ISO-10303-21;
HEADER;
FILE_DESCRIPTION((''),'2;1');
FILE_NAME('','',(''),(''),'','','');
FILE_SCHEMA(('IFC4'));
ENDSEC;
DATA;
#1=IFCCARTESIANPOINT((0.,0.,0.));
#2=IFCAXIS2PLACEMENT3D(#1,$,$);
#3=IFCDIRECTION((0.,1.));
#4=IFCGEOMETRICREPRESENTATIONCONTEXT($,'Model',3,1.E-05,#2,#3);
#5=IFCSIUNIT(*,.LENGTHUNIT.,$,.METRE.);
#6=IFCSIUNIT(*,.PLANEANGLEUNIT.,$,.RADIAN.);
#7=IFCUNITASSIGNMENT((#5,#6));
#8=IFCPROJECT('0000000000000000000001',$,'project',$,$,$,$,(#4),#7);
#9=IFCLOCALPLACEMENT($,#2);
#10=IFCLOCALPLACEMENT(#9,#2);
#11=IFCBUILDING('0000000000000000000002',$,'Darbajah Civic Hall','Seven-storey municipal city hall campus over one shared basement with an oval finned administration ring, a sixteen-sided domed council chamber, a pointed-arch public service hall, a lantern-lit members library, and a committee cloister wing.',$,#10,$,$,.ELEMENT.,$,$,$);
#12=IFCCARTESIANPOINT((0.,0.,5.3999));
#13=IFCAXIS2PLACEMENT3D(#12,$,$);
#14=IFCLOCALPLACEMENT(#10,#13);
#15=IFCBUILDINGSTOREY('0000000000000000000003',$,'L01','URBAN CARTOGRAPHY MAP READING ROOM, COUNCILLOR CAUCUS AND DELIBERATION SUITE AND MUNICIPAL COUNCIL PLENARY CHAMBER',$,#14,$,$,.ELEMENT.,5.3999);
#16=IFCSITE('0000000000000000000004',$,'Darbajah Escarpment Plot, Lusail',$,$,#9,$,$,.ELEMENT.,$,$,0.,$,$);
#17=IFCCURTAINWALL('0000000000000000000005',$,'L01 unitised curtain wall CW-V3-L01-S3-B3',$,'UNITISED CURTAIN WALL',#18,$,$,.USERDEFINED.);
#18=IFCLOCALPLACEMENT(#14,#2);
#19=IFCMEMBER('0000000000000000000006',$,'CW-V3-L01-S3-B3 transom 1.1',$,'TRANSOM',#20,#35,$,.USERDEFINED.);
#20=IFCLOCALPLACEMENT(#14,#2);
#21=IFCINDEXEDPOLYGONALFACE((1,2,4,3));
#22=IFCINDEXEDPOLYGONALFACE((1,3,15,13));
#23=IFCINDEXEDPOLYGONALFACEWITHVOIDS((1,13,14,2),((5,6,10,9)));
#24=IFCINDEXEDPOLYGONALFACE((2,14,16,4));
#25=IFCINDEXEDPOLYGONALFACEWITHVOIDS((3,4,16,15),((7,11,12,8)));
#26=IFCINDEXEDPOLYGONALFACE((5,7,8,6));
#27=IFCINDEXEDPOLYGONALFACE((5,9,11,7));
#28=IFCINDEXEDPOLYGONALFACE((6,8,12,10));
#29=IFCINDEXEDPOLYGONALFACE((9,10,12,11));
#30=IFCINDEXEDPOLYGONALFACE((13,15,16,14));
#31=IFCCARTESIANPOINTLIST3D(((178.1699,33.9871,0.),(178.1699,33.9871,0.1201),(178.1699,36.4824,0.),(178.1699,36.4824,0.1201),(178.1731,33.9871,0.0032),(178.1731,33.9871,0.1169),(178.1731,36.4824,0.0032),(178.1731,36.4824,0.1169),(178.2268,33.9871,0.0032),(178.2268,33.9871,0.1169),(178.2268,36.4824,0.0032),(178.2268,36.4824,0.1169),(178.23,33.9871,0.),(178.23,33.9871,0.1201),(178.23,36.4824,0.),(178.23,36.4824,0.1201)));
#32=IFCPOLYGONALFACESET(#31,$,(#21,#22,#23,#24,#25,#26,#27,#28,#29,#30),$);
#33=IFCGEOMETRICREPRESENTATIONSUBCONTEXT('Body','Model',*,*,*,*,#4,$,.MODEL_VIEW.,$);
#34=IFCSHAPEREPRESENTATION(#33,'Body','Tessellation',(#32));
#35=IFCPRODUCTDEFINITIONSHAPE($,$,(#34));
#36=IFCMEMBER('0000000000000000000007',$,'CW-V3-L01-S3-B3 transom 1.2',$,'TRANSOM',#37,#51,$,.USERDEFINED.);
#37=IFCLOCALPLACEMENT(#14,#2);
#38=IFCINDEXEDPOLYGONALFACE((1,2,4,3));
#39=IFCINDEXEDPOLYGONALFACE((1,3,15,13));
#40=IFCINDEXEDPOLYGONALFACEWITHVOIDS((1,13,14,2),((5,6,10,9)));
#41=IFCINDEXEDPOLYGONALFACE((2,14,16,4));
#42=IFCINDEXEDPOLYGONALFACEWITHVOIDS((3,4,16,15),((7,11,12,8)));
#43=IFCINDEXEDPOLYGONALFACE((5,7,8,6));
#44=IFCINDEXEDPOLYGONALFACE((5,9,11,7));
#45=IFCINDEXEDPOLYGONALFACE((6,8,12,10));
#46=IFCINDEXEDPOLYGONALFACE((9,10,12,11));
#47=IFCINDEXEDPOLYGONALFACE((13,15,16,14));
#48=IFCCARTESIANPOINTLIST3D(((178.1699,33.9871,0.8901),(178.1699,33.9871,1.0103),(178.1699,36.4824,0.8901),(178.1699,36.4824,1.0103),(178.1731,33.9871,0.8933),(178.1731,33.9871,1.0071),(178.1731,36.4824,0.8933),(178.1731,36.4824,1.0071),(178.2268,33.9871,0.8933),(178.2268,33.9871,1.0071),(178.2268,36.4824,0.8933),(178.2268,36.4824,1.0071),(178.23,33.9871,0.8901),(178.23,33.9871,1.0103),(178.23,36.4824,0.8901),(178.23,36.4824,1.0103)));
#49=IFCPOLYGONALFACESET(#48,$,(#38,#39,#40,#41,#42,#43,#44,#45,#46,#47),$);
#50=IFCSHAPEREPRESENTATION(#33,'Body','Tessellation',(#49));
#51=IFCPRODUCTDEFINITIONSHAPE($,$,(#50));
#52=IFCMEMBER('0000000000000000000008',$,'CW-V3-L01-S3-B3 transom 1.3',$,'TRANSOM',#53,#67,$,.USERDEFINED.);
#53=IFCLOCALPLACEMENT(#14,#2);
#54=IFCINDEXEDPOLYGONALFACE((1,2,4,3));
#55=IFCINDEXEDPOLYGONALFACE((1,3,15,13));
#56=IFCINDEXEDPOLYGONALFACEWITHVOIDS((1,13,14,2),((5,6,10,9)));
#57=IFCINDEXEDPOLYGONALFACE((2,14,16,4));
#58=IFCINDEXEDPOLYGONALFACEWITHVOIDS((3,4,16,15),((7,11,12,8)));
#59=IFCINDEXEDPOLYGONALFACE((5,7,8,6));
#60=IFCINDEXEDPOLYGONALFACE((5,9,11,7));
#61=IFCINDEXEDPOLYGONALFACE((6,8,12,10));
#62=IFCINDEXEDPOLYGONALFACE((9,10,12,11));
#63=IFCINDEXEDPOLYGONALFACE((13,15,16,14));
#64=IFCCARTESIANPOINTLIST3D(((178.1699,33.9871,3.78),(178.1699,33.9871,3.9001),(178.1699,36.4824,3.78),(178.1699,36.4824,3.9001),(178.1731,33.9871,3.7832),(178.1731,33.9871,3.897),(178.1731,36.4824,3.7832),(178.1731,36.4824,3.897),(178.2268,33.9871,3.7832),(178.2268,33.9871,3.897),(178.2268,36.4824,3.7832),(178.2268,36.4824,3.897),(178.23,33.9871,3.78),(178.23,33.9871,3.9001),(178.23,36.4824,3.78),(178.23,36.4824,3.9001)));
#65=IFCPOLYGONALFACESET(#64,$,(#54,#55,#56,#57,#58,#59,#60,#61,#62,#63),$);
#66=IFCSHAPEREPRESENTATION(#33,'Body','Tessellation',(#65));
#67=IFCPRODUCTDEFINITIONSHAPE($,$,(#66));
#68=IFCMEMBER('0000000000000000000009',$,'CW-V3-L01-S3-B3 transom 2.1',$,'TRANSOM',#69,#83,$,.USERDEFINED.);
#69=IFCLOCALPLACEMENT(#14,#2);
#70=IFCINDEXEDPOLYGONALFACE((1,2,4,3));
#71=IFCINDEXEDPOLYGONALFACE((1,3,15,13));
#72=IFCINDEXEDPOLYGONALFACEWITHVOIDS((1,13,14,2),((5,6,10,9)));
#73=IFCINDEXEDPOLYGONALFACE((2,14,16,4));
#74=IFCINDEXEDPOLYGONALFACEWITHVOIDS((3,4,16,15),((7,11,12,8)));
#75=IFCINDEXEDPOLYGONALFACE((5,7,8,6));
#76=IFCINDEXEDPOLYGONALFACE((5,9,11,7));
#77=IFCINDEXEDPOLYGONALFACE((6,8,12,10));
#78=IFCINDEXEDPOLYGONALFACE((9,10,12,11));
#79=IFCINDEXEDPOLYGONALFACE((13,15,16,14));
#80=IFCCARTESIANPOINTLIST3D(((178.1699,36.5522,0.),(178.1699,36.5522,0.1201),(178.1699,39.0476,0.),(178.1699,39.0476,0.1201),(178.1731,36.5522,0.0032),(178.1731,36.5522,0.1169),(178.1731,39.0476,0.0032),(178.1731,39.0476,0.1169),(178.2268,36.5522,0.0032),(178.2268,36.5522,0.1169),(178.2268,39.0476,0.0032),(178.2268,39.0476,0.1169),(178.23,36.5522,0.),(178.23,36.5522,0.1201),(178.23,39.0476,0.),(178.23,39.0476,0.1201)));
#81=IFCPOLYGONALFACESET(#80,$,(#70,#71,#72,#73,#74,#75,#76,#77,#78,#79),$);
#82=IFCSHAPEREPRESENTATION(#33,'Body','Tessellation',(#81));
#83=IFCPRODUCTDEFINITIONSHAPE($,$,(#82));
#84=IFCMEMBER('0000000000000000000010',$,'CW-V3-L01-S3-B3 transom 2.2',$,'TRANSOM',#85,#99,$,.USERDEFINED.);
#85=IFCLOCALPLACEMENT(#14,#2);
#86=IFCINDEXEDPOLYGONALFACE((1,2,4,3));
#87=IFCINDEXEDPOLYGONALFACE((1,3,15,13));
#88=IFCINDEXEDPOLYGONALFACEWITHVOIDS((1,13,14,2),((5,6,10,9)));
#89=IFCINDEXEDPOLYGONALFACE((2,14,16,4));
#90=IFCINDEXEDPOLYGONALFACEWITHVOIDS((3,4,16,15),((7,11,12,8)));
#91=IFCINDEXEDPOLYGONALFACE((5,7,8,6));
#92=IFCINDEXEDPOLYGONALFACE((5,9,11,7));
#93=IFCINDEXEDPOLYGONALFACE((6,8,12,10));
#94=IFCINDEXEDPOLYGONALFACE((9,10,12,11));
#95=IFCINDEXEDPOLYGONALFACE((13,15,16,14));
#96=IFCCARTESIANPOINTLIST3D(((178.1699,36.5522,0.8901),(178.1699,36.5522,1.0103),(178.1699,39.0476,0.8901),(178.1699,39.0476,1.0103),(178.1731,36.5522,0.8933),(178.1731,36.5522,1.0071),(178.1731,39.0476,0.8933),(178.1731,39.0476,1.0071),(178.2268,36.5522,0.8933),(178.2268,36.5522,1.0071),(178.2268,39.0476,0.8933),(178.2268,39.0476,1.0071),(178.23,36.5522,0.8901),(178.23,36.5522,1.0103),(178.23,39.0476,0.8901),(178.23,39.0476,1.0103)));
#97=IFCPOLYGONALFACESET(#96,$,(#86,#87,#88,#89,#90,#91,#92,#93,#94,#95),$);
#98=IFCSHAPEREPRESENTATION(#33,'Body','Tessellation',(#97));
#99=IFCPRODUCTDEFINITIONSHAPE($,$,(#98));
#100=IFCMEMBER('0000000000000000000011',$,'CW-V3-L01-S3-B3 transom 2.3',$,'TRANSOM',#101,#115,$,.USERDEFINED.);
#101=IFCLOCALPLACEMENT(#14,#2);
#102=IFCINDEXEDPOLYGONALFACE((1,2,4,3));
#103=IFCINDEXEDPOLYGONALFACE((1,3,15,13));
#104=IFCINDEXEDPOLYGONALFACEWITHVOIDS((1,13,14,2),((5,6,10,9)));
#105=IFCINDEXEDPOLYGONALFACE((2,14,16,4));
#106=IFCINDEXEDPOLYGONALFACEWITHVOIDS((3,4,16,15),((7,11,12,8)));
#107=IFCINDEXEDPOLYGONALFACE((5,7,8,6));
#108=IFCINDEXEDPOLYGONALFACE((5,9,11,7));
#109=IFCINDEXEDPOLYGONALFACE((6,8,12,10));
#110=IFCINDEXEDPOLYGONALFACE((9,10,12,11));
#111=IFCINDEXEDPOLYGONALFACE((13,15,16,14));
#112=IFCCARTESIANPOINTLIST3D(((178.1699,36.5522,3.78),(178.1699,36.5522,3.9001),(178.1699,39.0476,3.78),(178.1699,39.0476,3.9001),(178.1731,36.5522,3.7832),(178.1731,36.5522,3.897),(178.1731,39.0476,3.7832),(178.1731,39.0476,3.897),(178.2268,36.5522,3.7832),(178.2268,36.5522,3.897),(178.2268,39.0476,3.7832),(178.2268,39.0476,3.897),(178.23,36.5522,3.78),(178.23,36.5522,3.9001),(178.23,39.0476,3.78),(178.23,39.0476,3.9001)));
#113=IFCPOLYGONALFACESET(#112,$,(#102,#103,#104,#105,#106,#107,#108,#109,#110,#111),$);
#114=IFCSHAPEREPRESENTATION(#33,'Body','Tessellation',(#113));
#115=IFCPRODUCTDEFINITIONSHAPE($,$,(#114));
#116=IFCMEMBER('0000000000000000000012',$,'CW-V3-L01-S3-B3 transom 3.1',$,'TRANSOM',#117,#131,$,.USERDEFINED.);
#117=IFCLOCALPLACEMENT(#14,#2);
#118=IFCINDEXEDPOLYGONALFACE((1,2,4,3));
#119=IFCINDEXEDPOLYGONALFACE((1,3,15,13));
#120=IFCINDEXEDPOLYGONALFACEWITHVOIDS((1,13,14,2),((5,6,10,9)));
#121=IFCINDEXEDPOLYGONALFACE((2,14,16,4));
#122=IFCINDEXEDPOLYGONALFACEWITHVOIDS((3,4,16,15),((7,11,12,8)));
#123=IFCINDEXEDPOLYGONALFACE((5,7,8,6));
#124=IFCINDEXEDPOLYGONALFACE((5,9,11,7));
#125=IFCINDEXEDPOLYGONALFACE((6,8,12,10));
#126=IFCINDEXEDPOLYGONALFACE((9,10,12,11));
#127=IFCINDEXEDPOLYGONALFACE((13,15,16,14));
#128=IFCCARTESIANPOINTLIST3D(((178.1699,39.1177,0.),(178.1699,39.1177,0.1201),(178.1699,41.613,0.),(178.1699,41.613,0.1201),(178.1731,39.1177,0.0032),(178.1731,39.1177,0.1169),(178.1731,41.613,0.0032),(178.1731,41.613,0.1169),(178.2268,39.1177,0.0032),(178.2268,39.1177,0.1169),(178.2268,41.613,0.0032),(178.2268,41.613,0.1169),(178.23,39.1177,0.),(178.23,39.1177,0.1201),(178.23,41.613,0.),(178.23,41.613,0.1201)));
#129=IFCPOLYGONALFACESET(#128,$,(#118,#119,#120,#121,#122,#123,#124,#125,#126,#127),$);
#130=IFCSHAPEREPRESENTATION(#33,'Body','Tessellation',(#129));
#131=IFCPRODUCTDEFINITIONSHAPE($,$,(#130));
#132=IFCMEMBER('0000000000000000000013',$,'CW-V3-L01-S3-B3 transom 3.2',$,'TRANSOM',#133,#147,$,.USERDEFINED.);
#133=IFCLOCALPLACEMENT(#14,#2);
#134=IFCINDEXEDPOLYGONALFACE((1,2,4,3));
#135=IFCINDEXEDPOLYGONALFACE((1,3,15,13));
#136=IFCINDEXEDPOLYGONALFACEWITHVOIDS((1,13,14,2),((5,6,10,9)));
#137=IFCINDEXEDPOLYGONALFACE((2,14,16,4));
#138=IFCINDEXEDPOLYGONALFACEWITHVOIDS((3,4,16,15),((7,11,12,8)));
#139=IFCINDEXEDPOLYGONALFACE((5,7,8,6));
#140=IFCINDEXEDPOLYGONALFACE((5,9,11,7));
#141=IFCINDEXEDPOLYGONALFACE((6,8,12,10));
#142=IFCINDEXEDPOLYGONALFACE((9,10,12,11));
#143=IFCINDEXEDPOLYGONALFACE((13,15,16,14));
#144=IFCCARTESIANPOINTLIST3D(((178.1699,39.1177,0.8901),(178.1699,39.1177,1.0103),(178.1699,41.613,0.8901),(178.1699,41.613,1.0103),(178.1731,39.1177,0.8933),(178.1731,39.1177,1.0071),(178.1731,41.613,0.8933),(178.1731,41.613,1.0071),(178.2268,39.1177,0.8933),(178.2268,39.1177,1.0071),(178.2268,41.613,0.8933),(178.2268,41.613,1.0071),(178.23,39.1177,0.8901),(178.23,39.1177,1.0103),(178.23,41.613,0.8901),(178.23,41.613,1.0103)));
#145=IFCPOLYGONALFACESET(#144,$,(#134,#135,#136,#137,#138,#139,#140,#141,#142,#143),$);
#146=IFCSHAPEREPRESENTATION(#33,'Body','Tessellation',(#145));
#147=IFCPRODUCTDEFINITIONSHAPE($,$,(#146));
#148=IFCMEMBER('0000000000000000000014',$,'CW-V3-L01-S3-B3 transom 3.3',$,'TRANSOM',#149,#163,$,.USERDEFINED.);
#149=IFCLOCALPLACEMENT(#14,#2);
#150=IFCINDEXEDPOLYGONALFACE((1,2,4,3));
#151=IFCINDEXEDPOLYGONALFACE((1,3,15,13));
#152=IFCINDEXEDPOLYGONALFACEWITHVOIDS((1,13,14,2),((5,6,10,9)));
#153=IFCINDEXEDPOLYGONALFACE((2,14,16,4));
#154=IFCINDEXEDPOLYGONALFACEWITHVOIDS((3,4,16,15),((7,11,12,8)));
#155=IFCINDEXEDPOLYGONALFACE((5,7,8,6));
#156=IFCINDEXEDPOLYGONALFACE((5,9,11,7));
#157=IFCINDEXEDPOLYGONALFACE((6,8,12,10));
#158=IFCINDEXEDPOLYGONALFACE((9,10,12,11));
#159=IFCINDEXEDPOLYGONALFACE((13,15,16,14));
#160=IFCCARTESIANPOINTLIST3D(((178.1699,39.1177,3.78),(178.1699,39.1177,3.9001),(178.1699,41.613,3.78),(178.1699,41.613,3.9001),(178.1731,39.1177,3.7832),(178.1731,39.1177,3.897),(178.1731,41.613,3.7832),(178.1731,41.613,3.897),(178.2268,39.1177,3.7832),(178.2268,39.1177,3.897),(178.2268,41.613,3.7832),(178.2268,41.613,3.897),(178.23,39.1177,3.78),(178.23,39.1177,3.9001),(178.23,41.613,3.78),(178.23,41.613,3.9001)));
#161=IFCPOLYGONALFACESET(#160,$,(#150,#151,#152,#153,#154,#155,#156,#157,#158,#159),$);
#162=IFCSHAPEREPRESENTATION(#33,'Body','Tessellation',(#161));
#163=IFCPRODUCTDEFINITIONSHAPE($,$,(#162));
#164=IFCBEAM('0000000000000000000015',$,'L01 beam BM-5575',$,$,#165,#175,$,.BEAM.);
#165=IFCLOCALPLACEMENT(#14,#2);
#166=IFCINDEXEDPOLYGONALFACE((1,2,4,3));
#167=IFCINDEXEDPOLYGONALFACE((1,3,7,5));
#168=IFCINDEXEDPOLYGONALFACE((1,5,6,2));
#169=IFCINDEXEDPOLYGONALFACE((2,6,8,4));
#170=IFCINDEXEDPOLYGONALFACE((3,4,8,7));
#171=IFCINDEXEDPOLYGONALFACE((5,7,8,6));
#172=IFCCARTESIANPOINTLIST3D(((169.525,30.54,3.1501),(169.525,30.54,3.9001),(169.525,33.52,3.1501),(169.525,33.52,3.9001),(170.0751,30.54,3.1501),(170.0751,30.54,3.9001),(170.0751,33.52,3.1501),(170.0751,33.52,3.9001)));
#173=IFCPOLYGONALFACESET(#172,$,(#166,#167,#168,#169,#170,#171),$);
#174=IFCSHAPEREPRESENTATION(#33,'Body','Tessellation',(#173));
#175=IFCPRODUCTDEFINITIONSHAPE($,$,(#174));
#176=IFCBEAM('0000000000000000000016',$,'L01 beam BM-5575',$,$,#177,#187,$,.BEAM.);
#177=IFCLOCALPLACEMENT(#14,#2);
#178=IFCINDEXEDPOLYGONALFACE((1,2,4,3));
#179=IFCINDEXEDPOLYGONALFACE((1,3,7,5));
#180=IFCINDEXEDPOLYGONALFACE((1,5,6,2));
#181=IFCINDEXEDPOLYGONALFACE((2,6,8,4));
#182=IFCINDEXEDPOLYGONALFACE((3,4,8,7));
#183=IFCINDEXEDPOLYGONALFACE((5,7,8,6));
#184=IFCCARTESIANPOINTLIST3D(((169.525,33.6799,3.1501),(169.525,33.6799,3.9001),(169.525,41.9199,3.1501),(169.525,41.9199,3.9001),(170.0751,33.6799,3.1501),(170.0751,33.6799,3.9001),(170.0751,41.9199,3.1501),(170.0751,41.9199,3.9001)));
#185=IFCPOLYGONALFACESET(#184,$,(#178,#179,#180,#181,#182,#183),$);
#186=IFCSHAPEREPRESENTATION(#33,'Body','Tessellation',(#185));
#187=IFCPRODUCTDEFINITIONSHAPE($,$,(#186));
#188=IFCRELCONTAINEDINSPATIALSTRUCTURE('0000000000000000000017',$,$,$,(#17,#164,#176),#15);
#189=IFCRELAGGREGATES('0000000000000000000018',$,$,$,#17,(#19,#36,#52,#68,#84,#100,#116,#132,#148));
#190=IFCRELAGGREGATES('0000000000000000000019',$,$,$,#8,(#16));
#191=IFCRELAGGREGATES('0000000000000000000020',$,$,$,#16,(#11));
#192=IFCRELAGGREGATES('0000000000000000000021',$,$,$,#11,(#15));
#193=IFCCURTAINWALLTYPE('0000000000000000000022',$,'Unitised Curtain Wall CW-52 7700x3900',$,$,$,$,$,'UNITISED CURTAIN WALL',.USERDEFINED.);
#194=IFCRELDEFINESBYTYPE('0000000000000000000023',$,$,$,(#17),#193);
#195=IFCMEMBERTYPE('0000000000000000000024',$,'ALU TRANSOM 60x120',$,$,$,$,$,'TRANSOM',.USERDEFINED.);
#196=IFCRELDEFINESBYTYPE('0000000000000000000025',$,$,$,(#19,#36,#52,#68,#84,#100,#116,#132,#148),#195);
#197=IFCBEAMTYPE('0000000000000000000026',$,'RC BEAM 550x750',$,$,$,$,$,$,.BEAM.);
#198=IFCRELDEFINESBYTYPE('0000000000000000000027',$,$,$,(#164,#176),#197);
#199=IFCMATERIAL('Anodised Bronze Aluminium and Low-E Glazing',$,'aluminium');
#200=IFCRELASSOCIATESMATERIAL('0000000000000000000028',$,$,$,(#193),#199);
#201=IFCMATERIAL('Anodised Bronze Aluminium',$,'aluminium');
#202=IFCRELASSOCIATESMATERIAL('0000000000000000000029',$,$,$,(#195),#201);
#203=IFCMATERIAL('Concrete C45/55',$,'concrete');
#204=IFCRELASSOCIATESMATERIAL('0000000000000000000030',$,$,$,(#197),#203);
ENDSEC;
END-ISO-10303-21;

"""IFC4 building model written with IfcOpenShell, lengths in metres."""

from ifc_helpers import new_model, si_unit, direction, frame, origin, origin_2d, place, context, subcontext, project, spatial, rectangle, hollow_rectangle, extrude, material, material_profile, profile_set, type_object, element, aggregate, save


model = new_model("IFC4")

# Units and contexts
model_context = context("Model", 3, precision=1e-05, world=origin(), true_north=direction((0.0, 1.0)))
body_context = subcontext(model_context, "Body", "Model", "MODEL_VIEW")
ifc_project = project(units=[si_unit("LENGTHUNIT", "METRE"), si_unit("PLANEANGLEUNIT", "RADIAN")], contexts=[model_context])

# Site, building, storey
site_placement = place(None, origin())
site = spatial("IfcSite", under=ifc_project, at=site_placement, Name="Darbajah Escarpment Plot, Lusail", CompositionType="ELEMENT", RefElevation=0.0)
building_placement = place(site_placement, origin())
building = spatial("IfcBuilding", under=site, at=building_placement, Name="Darbajah Civic Hall", Description="Seven-storey municipal city hall campus over one shared basement with an oval finned administration ring, a sixteen-sided domed council chamber, a pointed-arch public service hall, a lantern-lit members library, and a committee cloister wing.", CompositionType="ELEMENT")
storey_placement = place(building_placement, frame((0.0, 0.0, 5.3999)))
storey = spatial("IfcBuildingStorey", under=building, at=storey_placement, Name="L01", Description="URBAN CARTOGRAPHY MAP READING ROOM, COUNCILLOR CAUCUS AND DELIBERATION SUITE AND MUNICIPAL COUNCIL PLENARY CHAMBER", CompositionType="ELEMENT", Elevation=5.3999)

# Shared definitions
ifc_material_1 = material(Name="Concrete C45/55", Category="concrete")

# Curtain wall
ifc_material_2 = material(Name="Anodised Bronze Aluminium and Low-E Glazing", Category="aluminium")
curtain_wall_type = type_object("IfcCurtainWallType", Name="Unitised Curtain Wall CW-52 7700x3900", ElementType="UNITISED CURTAIN WALL", PredefinedType="USERDEFINED", material=ifc_material_2)
ifc_material_3 = material(Name="Anodised Bronze Aluminium", Category="aluminium")
curtain_wall_1_placement = place(storey_placement, origin())
curtain_wall_1 = element("IfcCurtainWall", 1, at=curtain_wall_1_placement, inside=storey, type_object=curtain_wall_type, Name="L01 unitised curtain wall CW-V3-L01-S3-B3", ObjectType="UNITISED CURTAIN WALL", PredefinedType="USERDEFINED")

# Members
ifc_material_profile_1 = material_profile(ifc_material_3, hollow_rectangle(XDim=0.0601, YDim=0.1201, WallThickness=0.0032, at=origin_2d()), Name="ALU TRANSOM 60x120")
ifc_profile_set_1 = profile_set([ifc_material_profile_1], Name="Anodised Bronze Aluminium")
member_type_1 = type_object("IfcMemberType", Name="ALU TRANSOM 60x120", ElementType="TRANSOM", PredefinedType="USERDEFINED", material=ifc_profile_set_1)
member_1_placement = place(storey_placement, frame((178.2, 33.9871, 0.0601), z_axis=(0.0, 1.0, 0.0), x_axis=(-1.0, 0.0, 0.0)))
member_1 = element("IfcMember", 2, at=member_1_placement, type_object=member_type_1, Name="CW-V3-L01-S3-B3 transom 1.1", ObjectType="TRANSOM", PredefinedType="USERDEFINED", context=body_context, shape_type="SweptSolid", body=[
    extrude(hollow_rectangle(XDim=0.0601, YDim=0.1201, WallThickness=0.0032, at=origin_2d()), origin(), (0.0, 0.0, 1.0), 2.4954),
])
member_2_placement = place(storey_placement, frame((178.2, 33.9871, 0.9502), z_axis=(0.0, 1.0, 0.0), x_axis=(-1.0, 0.0, 0.0)))
member_2 = element("IfcMember", 3, at=member_2_placement, type_object=member_type_1, Name="CW-V3-L01-S3-B3 transom 1.2", ObjectType="TRANSOM", PredefinedType="USERDEFINED", context=body_context, shape_type="SweptSolid", body=[
    extrude(hollow_rectangle(XDim=0.0601, YDim=0.1201, WallThickness=0.0032, at=origin_2d()), origin(), (0.0, 0.0, 1.0), 2.4954),
])
member_3_placement = place(storey_placement, frame((178.2, 33.9871, 3.8401), z_axis=(0.0, 1.0, 0.0), x_axis=(-1.0, 0.0, 0.0)))
member_3 = element("IfcMember", 4, at=member_3_placement, type_object=member_type_1, Name="CW-V3-L01-S3-B3 transom 1.3", ObjectType="TRANSOM", PredefinedType="USERDEFINED", context=body_context, shape_type="SweptSolid", body=[
    extrude(hollow_rectangle(XDim=0.0601, YDim=0.1201, WallThickness=0.0032, at=origin_2d()), origin(), (0.0, 0.0, 1.0), 2.4954),
])
member_4_placement = place(storey_placement, frame((178.2, 36.5522, 0.0601), z_axis=(0.0, 1.0, 0.0), x_axis=(-1.0, 0.0, 0.0)))
member_4 = element("IfcMember", 5, at=member_4_placement, type_object=member_type_1, Name="CW-V3-L01-S3-B3 transom 2.1", ObjectType="TRANSOM", PredefinedType="USERDEFINED", context=body_context, shape_type="SweptSolid", body=[
    extrude(hollow_rectangle(XDim=0.0601, YDim=0.1201, WallThickness=0.0032, at=origin_2d()), origin(), (0.0, 0.0, 1.0), 2.4954),
])
member_5_placement = place(storey_placement, frame((178.2, 36.5522, 0.9502), z_axis=(0.0, 1.0, 0.0), x_axis=(-1.0, 0.0, 0.0)))
member_5 = element("IfcMember", 6, at=member_5_placement, type_object=member_type_1, Name="CW-V3-L01-S3-B3 transom 2.2", ObjectType="TRANSOM", PredefinedType="USERDEFINED", context=body_context, shape_type="SweptSolid", body=[
    extrude(hollow_rectangle(XDim=0.0601, YDim=0.1201, WallThickness=0.0032, at=origin_2d()), origin(), (0.0, 0.0, 1.0), 2.4954),
])
member_6_placement = place(storey_placement, frame((178.2, 36.5522, 3.8401), z_axis=(0.0, 1.0, 0.0), x_axis=(-1.0, 0.0, 0.0)))
member_6 = element("IfcMember", 7, at=member_6_placement, type_object=member_type_1, Name="CW-V3-L01-S3-B3 transom 2.3", ObjectType="TRANSOM", PredefinedType="USERDEFINED", context=body_context, shape_type="SweptSolid", body=[
    extrude(hollow_rectangle(XDim=0.0601, YDim=0.1201, WallThickness=0.0032, at=origin_2d()), origin(), (0.0, 0.0, 1.0), 2.4954),
])
member_7_placement = place(storey_placement, frame((178.2, 39.1177, 0.0601), z_axis=(0.0, 1.0, 0.0), x_axis=(-1.0, 0.0, 0.0)))
member_7 = element("IfcMember", 8, at=member_7_placement, type_object=member_type_1, Name="CW-V3-L01-S3-B3 transom 3.1", ObjectType="TRANSOM", PredefinedType="USERDEFINED", context=body_context, shape_type="SweptSolid", body=[
    extrude(hollow_rectangle(XDim=0.0601, YDim=0.1201, WallThickness=0.0032, at=origin_2d()), origin(), (0.0, 0.0, 1.0), 2.4954),
])
member_8_placement = place(storey_placement, frame((178.2, 39.1177, 0.9502), z_axis=(0.0, 1.0, 0.0), x_axis=(-1.0, 0.0, 0.0)))
member_8 = element("IfcMember", 9, at=member_8_placement, type_object=member_type_1, Name="CW-V3-L01-S3-B3 transom 3.2", ObjectType="TRANSOM", PredefinedType="USERDEFINED", context=body_context, shape_type="SweptSolid", body=[
    extrude(hollow_rectangle(XDim=0.0601, YDim=0.1201, WallThickness=0.0032, at=origin_2d()), origin(), (0.0, 0.0, 1.0), 2.4954),
])
member_9_placement = place(storey_placement, frame((178.2, 39.1177, 3.8401), z_axis=(0.0, 1.0, 0.0), x_axis=(-1.0, 0.0, 0.0)))
member_9 = element("IfcMember", 10, at=member_9_placement, type_object=member_type_1, Name="CW-V3-L01-S3-B3 transom 3.3", ObjectType="TRANSOM", PredefinedType="USERDEFINED", context=body_context, shape_type="SweptSolid", body=[
    extrude(hollow_rectangle(XDim=0.0601, YDim=0.1201, WallThickness=0.0032, at=origin_2d()), origin(), (0.0, 0.0, 1.0), 2.4954),
])

# Beams
ifc_material_profile_2 = material_profile(ifc_material_1, rectangle(XDim=0.55, YDim=0.75, at=origin_2d()), Name="RC BEAM 550x750")
ifc_profile_set_2 = profile_set([ifc_material_profile_2], Name="Concrete C45/55")
beam_type_1 = type_object("IfcBeamType", Name="RC BEAM 550x750", PredefinedType="BEAM", material=ifc_profile_set_2)
beam_1_placement = place(storey_placement, frame((169.8, 30.54, 3.5251), z_axis=(0.0, 1.0, 0.0), x_axis=(-1.0, 0.0, 0.0)))
element("IfcBeam", 11, at=beam_1_placement, inside=storey, type_object=beam_type_1, Name="L01 beam BM-5575", PredefinedType="BEAM", context=body_context, shape_type="SweptSolid", body=[
    extrude(rectangle(XDim=0.55, YDim=0.75, at=origin_2d()), origin(), (0.0, 0.0, 1.0), 2.98),
])
beam_2_placement = place(storey_placement, frame((169.8, 33.6799, 3.5251), z_axis=(0.0, 1.0, 0.0), x_axis=(-1.0, 0.0, 0.0)))
element("IfcBeam", 12, at=beam_2_placement, inside=storey, type_object=beam_type_1, Name="L01 beam BM-5575", PredefinedType="BEAM", context=body_context, shape_type="SweptSolid", body=[
    extrude(rectangle(XDim=0.55, YDim=0.75, at=origin_2d()), origin(), (0.0, 0.0, 1.0), 8.24),
])

aggregate(curtain_wall_1, [member_1, member_2, member_3, member_4, member_5, member_6, member_7, member_8, member_9])

save(model, "model.ifc")
